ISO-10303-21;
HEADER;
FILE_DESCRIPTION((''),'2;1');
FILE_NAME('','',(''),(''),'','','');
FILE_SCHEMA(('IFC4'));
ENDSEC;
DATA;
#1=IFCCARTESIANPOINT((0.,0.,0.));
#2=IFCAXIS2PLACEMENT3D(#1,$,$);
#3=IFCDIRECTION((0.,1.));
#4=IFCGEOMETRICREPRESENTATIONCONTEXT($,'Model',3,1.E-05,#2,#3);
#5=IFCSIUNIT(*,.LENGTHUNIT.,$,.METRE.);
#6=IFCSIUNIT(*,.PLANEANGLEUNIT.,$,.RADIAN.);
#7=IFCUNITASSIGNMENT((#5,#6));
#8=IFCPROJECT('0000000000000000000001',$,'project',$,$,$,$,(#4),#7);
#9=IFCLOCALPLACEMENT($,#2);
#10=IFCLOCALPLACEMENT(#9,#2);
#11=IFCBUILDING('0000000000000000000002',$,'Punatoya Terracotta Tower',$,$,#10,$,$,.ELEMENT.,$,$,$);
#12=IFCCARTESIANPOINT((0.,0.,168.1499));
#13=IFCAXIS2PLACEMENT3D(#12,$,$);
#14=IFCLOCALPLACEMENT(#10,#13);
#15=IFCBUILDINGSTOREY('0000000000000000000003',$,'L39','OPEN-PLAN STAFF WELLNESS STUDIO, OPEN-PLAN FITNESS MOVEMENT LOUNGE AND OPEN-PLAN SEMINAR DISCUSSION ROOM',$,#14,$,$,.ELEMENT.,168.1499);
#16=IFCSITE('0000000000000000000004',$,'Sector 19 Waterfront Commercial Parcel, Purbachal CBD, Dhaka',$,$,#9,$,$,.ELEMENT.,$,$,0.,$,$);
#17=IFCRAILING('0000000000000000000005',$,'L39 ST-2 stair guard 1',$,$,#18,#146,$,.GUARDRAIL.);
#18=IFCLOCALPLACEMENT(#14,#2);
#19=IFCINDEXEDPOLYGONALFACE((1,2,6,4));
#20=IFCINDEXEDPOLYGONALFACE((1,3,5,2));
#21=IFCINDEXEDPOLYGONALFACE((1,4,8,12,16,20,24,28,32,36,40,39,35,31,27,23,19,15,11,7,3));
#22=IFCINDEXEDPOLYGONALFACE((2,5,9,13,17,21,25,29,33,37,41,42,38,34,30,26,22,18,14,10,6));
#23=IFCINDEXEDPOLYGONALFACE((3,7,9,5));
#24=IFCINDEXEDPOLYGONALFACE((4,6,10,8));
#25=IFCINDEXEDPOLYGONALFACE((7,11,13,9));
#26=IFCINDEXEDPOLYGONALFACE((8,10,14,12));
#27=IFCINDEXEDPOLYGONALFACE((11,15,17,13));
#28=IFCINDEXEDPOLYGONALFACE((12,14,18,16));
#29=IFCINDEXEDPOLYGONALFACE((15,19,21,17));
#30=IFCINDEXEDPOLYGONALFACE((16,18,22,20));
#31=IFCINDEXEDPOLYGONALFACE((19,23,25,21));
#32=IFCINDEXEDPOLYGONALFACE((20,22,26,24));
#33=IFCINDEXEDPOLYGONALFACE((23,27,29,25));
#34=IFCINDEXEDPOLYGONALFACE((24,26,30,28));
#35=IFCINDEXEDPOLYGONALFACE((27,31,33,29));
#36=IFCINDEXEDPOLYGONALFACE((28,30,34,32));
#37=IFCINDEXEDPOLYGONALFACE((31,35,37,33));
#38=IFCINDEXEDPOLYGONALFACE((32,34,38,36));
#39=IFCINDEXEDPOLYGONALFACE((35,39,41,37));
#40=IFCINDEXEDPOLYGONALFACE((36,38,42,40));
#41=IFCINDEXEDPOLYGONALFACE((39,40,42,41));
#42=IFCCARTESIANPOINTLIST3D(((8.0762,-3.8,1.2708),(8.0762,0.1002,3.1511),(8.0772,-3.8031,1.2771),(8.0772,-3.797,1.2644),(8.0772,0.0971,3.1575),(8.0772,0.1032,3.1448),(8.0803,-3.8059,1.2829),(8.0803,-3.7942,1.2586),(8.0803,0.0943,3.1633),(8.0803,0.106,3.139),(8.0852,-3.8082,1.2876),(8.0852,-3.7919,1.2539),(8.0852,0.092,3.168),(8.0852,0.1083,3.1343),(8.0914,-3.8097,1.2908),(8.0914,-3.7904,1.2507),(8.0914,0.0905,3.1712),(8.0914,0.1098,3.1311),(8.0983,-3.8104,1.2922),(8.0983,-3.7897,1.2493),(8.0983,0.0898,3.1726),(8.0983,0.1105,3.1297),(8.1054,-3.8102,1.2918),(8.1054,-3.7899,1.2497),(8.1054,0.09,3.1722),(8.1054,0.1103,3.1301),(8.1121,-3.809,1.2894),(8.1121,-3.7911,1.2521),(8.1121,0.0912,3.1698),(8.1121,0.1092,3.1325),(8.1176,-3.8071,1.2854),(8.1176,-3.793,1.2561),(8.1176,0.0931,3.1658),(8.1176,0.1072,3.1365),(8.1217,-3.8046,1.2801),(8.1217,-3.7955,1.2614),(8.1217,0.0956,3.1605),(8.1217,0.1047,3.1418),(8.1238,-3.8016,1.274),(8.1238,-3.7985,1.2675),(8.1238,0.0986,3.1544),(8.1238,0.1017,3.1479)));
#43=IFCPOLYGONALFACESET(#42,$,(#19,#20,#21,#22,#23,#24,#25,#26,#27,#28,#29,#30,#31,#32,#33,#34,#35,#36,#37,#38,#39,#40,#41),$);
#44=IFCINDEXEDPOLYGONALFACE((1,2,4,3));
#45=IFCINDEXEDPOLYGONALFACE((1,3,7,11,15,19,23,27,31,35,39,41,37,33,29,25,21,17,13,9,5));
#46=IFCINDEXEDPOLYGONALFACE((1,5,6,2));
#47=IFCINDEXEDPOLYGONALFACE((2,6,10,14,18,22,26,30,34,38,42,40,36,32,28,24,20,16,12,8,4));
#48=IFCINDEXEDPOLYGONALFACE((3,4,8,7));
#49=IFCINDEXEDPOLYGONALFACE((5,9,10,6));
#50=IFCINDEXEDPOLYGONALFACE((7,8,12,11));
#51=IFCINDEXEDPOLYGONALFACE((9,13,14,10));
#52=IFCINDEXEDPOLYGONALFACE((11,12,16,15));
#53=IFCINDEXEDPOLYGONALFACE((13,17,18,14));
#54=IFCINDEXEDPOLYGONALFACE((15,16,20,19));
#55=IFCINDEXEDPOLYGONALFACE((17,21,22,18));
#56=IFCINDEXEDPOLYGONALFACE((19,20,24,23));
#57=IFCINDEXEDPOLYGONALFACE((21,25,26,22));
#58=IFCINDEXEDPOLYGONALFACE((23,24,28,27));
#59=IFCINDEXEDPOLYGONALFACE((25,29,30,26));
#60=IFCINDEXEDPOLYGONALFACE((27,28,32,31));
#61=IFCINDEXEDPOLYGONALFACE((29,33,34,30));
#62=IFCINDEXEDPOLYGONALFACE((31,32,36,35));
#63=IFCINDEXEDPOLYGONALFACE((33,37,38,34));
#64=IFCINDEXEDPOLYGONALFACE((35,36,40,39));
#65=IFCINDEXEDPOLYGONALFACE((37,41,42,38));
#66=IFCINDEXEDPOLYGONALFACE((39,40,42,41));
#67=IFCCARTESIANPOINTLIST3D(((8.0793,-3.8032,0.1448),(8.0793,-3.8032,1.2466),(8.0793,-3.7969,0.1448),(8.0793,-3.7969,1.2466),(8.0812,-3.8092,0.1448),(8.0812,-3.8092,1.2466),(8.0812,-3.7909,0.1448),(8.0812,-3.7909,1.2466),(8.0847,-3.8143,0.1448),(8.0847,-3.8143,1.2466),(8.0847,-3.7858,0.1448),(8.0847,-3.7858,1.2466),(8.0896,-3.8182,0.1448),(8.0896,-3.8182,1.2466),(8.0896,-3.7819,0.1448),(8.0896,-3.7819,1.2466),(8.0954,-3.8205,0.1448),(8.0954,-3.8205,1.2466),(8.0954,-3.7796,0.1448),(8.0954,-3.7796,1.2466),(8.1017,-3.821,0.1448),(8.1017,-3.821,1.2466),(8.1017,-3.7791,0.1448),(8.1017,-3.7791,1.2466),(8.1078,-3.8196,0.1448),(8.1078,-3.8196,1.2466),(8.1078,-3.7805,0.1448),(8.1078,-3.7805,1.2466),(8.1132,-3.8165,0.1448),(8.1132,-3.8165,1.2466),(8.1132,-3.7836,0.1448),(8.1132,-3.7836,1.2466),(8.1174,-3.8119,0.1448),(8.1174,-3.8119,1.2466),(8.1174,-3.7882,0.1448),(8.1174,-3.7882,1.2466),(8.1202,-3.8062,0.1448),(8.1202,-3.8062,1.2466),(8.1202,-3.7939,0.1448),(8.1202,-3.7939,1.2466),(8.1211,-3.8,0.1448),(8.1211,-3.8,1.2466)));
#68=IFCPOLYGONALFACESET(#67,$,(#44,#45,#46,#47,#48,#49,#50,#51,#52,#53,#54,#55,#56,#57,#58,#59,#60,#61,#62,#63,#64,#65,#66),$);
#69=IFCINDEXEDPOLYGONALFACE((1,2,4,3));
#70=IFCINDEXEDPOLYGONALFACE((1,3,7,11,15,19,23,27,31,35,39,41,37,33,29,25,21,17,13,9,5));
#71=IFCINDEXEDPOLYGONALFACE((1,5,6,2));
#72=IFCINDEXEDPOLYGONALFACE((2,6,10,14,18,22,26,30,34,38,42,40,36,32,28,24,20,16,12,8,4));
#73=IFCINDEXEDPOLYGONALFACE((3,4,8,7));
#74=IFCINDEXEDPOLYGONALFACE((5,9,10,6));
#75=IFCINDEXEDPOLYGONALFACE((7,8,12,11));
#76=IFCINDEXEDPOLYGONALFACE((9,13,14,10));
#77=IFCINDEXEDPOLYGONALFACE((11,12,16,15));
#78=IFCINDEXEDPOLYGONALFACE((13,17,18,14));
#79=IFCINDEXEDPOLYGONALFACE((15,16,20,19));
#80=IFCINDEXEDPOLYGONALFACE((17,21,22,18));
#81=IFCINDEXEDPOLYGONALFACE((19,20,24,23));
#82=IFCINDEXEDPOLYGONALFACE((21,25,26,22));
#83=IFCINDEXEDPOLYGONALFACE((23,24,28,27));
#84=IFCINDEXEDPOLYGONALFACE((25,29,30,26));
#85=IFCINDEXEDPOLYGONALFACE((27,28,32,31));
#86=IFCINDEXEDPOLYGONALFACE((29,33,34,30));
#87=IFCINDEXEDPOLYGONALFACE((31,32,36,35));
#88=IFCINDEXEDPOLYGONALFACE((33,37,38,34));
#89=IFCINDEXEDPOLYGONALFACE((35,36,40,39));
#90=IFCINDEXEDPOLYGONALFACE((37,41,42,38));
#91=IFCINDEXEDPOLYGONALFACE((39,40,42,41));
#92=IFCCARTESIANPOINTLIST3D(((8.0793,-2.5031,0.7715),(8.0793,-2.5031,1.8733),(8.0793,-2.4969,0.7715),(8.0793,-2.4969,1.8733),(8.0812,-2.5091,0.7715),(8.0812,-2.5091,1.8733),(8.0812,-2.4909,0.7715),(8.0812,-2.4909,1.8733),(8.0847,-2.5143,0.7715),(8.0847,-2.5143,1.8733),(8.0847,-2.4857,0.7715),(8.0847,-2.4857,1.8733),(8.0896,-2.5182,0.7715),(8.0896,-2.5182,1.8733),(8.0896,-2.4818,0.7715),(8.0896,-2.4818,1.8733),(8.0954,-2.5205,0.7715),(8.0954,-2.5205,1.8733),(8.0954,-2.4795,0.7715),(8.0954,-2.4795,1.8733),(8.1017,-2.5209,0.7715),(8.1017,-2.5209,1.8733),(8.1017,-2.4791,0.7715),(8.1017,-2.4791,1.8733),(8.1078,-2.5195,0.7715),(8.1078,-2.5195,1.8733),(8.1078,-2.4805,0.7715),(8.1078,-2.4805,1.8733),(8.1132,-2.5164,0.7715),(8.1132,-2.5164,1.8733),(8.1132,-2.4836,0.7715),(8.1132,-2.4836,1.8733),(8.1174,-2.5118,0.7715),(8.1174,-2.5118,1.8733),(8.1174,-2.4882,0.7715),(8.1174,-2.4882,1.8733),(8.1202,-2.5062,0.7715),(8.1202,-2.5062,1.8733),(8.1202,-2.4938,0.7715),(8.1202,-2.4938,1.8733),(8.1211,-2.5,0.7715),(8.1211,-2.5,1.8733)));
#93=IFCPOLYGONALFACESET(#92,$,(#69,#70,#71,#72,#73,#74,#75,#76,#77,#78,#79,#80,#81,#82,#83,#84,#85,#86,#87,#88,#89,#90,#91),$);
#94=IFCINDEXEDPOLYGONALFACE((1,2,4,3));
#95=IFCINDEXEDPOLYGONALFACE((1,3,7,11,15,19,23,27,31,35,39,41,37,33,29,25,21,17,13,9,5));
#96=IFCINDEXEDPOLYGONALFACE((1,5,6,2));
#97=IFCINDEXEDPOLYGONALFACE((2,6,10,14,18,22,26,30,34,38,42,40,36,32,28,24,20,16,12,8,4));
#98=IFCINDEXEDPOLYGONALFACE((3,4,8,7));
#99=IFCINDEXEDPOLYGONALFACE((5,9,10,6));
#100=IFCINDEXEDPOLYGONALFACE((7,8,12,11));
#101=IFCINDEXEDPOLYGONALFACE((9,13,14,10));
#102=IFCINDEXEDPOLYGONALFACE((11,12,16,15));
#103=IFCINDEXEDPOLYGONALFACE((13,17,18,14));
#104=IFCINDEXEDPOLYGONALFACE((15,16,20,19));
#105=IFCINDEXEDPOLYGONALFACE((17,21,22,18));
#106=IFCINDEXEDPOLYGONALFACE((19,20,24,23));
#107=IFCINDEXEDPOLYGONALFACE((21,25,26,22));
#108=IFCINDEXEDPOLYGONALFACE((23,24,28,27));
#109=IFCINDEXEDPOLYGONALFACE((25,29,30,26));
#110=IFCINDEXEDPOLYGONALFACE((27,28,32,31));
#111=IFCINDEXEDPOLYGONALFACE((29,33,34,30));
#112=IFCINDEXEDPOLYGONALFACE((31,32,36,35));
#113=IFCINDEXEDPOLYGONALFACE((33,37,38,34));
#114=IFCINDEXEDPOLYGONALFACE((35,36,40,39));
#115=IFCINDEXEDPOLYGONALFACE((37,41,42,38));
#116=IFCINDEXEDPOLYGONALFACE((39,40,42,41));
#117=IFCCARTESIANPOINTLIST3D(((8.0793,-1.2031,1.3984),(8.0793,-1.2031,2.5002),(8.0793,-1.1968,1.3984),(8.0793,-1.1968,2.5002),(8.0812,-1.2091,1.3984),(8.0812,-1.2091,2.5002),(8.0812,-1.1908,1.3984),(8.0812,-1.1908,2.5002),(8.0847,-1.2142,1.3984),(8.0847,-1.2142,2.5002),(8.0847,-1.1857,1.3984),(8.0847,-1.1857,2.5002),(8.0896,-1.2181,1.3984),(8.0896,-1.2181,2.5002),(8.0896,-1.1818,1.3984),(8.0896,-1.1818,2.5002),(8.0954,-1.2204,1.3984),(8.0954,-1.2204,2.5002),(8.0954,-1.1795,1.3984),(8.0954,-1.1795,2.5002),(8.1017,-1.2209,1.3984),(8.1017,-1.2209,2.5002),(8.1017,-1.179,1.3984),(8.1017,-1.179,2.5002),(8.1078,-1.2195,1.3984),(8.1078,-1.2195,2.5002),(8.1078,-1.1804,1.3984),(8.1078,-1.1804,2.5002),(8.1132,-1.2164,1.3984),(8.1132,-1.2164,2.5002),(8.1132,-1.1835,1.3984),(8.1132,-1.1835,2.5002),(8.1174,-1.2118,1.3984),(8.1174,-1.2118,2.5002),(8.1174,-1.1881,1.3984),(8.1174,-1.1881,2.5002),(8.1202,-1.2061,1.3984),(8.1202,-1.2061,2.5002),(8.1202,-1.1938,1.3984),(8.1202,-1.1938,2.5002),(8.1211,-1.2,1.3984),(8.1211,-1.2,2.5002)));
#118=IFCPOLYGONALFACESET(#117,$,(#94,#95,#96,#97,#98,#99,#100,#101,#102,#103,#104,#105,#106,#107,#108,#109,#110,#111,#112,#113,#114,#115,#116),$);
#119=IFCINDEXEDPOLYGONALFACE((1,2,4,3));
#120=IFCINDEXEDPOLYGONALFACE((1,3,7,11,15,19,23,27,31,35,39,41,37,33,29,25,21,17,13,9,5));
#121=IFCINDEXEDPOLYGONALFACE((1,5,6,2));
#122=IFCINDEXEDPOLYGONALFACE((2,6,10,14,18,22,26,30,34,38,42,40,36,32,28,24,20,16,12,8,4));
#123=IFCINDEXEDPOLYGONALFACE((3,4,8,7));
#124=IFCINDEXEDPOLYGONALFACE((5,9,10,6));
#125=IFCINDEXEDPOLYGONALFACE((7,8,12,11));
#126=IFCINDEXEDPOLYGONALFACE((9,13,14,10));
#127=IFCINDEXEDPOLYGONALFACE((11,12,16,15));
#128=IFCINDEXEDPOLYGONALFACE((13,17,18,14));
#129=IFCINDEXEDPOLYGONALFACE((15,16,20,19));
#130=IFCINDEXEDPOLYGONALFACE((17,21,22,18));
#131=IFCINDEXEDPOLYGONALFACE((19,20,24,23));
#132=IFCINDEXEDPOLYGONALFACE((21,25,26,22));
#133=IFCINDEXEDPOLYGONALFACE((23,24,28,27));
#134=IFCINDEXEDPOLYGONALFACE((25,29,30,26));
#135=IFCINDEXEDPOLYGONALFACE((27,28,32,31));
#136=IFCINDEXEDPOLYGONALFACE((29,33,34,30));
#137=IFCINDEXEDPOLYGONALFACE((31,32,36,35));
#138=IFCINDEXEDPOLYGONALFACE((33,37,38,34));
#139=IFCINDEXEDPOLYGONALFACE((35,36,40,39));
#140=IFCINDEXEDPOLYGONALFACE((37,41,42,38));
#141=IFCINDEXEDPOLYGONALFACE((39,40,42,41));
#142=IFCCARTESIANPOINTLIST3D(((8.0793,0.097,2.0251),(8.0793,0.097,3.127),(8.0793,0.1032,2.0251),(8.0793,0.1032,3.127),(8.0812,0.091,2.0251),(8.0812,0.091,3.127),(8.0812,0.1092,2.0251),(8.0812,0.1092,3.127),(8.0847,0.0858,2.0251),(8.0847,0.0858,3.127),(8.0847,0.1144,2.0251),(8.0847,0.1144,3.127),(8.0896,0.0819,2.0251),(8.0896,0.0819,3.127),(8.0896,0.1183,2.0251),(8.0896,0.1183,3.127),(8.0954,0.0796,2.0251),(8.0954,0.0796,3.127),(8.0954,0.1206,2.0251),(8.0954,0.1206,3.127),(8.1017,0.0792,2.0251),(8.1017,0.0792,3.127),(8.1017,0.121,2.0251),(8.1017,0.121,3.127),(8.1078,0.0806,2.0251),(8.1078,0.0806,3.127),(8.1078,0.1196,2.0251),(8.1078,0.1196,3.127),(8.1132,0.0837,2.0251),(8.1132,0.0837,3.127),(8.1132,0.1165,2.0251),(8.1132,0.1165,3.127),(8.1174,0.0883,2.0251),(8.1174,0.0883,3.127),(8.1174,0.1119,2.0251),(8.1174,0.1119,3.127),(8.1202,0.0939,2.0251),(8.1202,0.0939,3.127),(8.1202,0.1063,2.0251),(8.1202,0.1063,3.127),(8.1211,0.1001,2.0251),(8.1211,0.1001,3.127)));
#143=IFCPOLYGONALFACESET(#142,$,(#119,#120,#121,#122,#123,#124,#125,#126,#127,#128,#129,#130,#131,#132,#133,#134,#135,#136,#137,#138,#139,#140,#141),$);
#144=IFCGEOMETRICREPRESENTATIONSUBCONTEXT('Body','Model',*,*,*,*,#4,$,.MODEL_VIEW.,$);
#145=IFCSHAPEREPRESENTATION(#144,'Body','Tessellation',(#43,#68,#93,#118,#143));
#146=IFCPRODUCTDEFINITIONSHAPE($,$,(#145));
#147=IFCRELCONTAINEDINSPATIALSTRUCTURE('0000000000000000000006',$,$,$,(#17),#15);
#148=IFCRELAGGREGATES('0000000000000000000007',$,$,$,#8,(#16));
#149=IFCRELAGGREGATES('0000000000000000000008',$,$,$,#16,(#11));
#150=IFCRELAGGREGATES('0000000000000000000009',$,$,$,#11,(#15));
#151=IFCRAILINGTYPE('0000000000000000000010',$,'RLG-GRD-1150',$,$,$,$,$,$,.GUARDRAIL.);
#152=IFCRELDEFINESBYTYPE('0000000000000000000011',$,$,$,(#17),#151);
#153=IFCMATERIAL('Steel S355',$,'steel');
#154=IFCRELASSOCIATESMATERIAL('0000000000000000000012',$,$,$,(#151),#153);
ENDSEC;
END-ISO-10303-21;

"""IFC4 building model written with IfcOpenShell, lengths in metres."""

from ifc_helpers import new_model, si_unit, direction, frame, origin, origin_2d, place, context, subcontext, project, spatial, circle, extrude, material, type_object, element, save


model = new_model("IFC4")

# Units and contexts
model_context = context("Model", 3, precision=1e-05, world=origin(), true_north=direction((0.0, 1.0)))
body_context = subcontext(model_context, "Body", "Model", "MODEL_VIEW")
ifc_project = project(units=[si_unit("LENGTHUNIT", "METRE"), si_unit("PLANEANGLEUNIT", "RADIAN")], contexts=[model_context])

# Site, building, storey
site_placement = place(None, origin())
site = spatial("IfcSite", under=ifc_project, at=site_placement, Name="Sector 19 Waterfront Commercial Parcel, Purbachal CBD, Dhaka", CompositionType="ELEMENT", RefElevation=0.0)
building_placement = place(site_placement, origin())
building = spatial("IfcBuilding", under=site, at=building_placement, Name="Punatoya Terracotta Tower", CompositionType="ELEMENT")
storey_placement = place(building_placement, frame((0.0, 0.0, 168.1499)))
storey = spatial("IfcBuildingStorey", under=building, at=storey_placement, Name="L39", Description="OPEN-PLAN STAFF WELLNESS STUDIO, OPEN-PLAN FITNESS MOVEMENT LOUNGE AND OPEN-PLAN SEMINAR DISCUSSION ROOM", CompositionType="ELEMENT", Elevation=168.1499)

# Railing
ifc_material_1 = material(Name="Steel S355", Category="steel")
railing_type = type_object("IfcRailingType", Name="RLG-GRD-1150", PredefinedType="GUARDRAIL", material=ifc_material_1)
railing_1_placement = place(storey_placement, frame((8.1001, -3.8, 0.1448)))
element("IfcRailing", 1, at=railing_1_placement, inside=storey, type_object=railing_type, Name="L39 ST-2 stair guard 1", PredefinedType="GUARDRAIL", context=body_context, shape_type="SweptSolid", body=[
    extrude(circle(Radius=0.0239, at=origin_2d()), frame((0.0, 0.0, 1.126), z_axis=(0.0, 0.900774, 0.434289), x_axis=(-1.0, 0.0, 0.0)), (0.0, 0.0, 1.0), 4.3298),
    extrude(circle(Radius=0.021, at=origin_2d()), origin(), (0.0, 0.0, 1.0), 1.1018),
    extrude(circle(Radius=0.021, at=origin_2d()), frame((0.0, 1.3, 0.6267)), (0.0, 0.0, 1.0), 1.1018),
    extrude(circle(Radius=0.021, at=origin_2d()), frame((0.0, 2.6001, 1.2537)), (0.0, 0.0, 1.0), 1.1018),
    extrude(circle(Radius=0.021, at=origin_2d()), frame((0.0, 3.9001, 1.8804)), (0.0, 0.0, 1.0), 1.1018),
])

save(model, "model.ifc")
